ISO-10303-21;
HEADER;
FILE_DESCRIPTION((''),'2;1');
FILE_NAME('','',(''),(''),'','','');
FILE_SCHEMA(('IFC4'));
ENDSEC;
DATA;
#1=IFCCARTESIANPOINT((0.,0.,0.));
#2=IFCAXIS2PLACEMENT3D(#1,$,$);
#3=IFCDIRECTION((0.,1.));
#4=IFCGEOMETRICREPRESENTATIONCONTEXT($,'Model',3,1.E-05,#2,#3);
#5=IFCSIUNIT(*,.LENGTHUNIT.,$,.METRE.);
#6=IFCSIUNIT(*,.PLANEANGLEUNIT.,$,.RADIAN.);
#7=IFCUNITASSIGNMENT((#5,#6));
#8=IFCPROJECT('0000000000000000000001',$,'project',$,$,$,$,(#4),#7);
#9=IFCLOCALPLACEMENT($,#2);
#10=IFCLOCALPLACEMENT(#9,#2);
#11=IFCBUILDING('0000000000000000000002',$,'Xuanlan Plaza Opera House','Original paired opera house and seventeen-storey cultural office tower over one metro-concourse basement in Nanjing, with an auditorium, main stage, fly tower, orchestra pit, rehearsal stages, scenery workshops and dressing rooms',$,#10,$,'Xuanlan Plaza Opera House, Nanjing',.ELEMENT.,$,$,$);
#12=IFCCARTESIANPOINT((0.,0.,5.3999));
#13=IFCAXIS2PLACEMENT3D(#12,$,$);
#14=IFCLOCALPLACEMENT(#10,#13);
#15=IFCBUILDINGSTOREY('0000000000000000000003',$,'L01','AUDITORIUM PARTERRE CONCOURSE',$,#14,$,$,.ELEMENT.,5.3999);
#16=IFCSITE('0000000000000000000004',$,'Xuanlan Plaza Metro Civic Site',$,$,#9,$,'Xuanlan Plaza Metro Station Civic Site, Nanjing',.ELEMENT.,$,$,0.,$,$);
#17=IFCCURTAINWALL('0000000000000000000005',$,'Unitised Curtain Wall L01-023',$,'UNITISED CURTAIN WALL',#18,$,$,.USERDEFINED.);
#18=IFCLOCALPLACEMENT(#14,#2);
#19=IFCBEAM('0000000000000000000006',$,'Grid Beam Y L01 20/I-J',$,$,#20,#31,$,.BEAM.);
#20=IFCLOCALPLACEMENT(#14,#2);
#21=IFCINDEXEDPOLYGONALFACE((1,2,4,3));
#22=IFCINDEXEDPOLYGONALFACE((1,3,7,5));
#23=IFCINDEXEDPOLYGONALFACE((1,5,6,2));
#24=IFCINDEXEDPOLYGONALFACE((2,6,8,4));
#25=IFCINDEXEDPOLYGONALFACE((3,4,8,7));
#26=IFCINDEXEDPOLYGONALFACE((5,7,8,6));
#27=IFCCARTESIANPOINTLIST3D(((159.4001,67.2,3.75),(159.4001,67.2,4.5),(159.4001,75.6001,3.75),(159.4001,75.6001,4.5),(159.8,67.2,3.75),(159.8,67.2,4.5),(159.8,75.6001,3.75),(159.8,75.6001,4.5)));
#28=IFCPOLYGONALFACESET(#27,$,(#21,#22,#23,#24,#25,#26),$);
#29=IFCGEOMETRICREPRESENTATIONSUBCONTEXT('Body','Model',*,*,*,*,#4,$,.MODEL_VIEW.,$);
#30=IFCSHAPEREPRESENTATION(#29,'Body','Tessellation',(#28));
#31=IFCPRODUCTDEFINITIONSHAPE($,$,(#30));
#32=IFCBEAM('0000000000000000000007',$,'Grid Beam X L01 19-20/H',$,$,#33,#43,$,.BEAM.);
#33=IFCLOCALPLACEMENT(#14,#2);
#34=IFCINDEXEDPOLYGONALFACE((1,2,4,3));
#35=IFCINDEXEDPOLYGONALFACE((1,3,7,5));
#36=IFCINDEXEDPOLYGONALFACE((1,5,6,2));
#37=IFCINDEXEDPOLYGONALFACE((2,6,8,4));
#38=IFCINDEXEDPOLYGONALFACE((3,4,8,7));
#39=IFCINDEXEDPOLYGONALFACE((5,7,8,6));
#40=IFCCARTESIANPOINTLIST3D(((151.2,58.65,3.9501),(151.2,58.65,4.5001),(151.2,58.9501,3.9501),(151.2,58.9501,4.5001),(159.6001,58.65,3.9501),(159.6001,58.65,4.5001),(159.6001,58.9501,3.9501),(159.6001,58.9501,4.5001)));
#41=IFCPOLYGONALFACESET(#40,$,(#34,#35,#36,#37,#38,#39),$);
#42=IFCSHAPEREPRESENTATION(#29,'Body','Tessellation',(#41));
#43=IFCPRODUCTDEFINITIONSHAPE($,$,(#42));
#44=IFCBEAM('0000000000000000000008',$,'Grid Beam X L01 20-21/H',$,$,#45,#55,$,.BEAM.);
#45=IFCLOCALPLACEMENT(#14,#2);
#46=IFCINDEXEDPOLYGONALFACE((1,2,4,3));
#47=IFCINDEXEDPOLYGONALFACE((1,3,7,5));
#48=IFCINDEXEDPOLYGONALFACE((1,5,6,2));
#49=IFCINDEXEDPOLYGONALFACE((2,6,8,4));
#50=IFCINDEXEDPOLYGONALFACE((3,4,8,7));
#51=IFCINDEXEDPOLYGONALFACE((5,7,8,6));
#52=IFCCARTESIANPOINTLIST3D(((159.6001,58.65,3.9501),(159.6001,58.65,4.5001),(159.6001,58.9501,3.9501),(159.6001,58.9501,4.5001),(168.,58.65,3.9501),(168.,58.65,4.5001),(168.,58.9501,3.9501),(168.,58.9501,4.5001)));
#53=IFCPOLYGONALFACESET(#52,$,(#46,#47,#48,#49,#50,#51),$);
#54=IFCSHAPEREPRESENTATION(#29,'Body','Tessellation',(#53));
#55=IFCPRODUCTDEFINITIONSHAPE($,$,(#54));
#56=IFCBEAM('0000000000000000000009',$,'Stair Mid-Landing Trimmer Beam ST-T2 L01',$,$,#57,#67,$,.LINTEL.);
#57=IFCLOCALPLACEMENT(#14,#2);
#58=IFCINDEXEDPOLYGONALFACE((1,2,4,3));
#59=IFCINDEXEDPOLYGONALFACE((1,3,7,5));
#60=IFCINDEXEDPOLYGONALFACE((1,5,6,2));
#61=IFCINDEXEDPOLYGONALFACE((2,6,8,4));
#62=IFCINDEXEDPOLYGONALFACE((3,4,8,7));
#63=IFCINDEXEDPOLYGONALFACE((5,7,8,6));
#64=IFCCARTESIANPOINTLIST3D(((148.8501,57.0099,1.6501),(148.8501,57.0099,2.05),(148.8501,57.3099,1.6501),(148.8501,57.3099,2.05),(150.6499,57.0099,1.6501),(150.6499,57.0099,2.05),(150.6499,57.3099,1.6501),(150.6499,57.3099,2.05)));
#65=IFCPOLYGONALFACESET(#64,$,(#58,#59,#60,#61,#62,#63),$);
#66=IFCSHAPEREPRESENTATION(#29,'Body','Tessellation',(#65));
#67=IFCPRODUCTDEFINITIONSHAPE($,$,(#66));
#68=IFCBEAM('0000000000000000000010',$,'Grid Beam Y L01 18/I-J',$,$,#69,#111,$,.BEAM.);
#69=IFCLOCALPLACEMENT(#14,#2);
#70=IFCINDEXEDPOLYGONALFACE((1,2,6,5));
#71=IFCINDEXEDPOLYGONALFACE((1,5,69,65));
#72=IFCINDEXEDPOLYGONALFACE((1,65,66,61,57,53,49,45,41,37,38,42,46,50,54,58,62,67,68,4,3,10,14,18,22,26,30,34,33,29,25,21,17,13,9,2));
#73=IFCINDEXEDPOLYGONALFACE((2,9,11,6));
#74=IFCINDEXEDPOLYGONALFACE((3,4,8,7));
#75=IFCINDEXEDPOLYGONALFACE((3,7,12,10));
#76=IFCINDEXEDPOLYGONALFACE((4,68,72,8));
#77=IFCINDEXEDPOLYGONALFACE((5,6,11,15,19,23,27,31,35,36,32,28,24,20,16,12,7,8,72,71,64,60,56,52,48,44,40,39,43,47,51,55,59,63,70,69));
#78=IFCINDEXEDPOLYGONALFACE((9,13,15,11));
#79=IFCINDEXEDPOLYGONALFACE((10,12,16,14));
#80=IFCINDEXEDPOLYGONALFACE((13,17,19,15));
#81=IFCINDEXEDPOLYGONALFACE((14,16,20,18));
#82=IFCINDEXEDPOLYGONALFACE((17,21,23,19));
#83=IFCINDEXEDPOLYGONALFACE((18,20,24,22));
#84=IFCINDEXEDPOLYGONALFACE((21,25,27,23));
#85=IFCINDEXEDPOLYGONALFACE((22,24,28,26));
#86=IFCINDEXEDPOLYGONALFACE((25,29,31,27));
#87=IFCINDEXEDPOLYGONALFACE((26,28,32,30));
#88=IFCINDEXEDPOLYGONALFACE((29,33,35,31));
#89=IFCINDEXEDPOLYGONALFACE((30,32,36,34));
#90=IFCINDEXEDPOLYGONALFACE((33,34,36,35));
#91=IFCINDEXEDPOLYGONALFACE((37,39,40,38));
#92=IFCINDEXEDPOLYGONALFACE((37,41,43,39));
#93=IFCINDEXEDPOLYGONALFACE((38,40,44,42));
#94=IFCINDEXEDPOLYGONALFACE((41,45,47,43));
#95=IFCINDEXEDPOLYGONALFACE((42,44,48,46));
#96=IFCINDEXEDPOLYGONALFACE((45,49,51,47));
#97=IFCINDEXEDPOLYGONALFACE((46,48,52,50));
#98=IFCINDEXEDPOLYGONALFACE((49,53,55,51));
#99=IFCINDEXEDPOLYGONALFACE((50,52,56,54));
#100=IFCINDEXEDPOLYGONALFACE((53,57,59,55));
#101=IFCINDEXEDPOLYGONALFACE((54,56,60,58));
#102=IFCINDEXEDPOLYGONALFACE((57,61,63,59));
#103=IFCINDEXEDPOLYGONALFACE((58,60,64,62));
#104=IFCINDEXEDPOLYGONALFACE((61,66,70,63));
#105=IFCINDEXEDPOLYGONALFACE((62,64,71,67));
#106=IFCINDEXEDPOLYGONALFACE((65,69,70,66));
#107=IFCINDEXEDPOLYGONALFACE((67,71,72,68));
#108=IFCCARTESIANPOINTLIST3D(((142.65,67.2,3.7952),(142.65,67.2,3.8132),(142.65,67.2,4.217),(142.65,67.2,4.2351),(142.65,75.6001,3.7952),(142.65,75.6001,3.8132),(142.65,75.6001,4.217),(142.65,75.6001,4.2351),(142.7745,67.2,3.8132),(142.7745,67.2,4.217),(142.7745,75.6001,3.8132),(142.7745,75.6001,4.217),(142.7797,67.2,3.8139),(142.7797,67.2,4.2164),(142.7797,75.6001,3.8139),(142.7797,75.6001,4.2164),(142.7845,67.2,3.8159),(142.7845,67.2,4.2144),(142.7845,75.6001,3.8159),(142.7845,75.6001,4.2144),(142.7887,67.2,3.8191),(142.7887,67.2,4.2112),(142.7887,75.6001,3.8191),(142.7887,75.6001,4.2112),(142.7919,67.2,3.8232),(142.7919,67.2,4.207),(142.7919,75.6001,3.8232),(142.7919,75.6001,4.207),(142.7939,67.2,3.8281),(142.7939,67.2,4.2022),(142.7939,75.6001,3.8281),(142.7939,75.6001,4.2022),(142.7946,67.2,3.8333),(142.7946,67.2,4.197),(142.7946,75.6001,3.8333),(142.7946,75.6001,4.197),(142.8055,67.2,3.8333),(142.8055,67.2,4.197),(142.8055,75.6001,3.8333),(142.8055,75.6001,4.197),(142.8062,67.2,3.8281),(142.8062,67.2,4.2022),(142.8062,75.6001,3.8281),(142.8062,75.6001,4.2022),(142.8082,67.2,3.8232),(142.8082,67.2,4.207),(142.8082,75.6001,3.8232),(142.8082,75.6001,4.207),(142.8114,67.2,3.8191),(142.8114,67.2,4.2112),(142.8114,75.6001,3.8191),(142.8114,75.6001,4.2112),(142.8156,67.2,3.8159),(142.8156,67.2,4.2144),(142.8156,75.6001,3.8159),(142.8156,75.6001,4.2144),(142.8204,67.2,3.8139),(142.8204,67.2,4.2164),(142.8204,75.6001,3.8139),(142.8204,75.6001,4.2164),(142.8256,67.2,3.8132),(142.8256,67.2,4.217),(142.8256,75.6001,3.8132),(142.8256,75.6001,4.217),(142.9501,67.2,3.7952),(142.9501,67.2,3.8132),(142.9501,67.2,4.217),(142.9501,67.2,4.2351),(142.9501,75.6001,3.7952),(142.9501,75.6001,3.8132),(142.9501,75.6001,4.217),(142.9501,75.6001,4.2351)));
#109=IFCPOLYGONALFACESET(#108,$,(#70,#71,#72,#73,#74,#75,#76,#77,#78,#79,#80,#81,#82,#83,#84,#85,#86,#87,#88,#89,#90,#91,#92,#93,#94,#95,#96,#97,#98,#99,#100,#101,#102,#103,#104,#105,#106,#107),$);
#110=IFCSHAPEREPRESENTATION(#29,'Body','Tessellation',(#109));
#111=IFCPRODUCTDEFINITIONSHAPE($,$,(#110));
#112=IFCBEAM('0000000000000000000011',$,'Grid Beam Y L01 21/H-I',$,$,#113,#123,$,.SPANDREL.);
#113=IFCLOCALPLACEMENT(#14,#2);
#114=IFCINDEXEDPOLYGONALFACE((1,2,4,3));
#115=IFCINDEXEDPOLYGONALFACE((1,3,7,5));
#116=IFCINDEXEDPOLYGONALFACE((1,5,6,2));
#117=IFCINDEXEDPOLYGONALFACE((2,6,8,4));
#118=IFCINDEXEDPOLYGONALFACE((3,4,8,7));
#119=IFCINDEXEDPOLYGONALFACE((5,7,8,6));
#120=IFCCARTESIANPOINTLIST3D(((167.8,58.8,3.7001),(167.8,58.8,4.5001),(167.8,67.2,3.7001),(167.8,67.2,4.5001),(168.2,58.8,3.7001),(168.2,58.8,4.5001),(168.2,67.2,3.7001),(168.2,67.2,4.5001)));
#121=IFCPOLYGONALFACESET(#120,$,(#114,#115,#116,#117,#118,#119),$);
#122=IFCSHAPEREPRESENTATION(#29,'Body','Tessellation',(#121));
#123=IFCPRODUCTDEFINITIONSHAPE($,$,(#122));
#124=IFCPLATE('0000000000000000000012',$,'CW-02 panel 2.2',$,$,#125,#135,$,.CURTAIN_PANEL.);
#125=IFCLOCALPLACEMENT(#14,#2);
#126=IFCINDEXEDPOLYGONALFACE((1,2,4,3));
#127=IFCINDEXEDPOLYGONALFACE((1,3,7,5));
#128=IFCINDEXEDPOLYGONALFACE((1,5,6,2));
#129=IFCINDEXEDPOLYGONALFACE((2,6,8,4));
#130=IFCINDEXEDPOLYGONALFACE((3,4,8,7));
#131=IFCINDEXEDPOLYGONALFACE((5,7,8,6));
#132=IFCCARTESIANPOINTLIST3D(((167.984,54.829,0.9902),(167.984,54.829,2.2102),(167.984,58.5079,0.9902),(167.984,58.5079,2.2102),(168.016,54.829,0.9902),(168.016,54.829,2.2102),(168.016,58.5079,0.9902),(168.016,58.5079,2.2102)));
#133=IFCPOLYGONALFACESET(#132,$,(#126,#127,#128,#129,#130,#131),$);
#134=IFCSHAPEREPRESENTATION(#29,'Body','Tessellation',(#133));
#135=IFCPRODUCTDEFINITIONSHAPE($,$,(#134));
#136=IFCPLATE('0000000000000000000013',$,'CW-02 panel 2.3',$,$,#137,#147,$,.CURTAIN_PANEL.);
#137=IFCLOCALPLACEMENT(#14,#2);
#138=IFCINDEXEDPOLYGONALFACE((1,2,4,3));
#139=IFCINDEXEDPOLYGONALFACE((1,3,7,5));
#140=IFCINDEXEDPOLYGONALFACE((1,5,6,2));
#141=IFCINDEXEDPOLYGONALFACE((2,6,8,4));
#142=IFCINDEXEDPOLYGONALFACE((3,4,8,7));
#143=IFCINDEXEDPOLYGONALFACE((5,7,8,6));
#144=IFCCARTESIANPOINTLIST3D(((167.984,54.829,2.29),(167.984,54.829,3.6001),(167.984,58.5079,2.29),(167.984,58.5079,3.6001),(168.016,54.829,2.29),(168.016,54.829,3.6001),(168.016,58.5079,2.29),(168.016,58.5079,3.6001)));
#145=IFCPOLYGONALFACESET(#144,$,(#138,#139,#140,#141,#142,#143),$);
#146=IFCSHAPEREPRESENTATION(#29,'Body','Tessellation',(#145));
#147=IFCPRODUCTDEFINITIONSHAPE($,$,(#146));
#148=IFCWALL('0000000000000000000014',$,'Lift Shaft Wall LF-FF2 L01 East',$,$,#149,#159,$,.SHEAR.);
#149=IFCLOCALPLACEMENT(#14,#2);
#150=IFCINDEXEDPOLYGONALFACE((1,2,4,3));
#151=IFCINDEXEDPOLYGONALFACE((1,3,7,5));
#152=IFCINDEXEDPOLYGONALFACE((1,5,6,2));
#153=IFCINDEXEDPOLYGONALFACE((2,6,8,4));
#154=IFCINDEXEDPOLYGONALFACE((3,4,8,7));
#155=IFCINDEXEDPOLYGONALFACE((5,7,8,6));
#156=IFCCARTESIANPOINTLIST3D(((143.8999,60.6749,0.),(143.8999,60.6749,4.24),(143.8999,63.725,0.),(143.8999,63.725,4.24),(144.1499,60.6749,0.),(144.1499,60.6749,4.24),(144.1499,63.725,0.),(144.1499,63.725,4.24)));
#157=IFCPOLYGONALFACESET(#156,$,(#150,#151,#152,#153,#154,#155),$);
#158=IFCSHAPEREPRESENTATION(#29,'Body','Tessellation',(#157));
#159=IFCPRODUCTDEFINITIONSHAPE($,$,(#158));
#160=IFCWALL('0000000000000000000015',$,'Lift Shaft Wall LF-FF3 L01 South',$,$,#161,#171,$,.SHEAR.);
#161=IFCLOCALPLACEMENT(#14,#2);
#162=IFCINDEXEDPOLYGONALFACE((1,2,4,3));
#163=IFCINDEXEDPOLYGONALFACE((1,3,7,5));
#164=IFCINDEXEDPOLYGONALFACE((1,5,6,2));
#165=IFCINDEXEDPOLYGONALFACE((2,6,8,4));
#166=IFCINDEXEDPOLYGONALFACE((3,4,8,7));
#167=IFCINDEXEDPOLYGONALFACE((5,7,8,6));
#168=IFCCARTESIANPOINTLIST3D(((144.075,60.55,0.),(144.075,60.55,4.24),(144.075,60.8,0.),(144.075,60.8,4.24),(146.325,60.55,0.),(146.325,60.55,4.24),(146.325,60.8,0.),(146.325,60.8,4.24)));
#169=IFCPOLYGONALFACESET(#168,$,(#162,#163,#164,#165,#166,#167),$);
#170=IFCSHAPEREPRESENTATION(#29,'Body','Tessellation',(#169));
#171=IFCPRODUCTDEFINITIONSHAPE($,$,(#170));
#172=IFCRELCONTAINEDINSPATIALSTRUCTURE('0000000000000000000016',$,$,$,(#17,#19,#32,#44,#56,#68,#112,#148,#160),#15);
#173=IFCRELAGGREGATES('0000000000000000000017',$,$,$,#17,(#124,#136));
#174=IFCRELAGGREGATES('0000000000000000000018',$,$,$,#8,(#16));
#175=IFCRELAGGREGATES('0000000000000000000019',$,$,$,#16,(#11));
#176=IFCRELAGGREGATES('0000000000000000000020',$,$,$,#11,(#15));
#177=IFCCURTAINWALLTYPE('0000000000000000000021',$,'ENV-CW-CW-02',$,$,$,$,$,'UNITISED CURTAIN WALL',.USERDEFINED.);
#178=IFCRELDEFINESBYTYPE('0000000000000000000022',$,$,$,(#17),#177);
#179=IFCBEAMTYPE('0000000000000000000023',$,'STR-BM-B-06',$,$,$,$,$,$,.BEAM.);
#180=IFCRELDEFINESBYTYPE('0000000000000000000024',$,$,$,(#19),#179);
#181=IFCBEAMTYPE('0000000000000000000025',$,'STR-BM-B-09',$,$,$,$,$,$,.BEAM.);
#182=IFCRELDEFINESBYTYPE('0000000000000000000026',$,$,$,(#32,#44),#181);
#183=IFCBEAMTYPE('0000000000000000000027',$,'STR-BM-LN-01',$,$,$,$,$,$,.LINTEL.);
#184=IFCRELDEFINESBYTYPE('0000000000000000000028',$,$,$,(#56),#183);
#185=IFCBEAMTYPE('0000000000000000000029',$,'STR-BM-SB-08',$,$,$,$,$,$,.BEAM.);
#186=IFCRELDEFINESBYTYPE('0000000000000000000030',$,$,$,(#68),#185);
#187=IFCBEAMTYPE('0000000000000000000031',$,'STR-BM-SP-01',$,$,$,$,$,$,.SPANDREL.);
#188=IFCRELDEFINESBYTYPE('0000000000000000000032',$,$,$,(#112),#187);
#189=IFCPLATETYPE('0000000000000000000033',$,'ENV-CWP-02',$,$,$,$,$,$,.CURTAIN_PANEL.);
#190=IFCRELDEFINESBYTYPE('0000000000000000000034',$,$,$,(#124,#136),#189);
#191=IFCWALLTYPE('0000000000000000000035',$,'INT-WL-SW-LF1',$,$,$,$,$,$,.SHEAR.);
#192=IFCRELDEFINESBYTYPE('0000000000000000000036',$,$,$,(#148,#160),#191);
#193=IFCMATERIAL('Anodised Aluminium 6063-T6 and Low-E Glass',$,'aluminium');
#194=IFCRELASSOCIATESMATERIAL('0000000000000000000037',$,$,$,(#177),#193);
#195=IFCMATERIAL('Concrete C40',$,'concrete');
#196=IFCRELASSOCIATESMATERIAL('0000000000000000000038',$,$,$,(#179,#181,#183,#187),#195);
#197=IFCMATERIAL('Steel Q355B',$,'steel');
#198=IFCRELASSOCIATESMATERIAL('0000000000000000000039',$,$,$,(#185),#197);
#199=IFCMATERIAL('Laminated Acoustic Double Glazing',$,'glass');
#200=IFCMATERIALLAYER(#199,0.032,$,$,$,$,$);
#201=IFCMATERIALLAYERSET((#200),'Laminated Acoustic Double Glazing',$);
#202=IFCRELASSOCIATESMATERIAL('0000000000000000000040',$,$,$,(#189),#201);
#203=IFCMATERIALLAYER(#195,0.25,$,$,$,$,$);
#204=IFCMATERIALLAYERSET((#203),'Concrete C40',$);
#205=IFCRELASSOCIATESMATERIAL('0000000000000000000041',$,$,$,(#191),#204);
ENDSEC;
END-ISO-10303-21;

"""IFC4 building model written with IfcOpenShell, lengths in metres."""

from ifc_helpers import new_model, si_unit, direction, frame, frame_2d, origin, origin_2d, place, context, subcontext, project, spatial, rectangle, i_section, extrude, material, layer, layer_set, material_profile, profile_set, type_object, element, aggregate, save


model = new_model("IFC4")

# Units and contexts
model_context = context("Model", 3, precision=1e-05, world=origin(), true_north=direction((0.0, 1.0)))
body_context = subcontext(model_context, "Body", "Model", "MODEL_VIEW")
ifc_project = project(units=[si_unit("LENGTHUNIT", "METRE"), si_unit("PLANEANGLEUNIT", "RADIAN")], contexts=[model_context])

# Site, building, storey
site_placement = place(None, origin())
site = spatial("IfcSite", under=ifc_project, at=site_placement, Name="Xuanlan Plaza Metro Civic Site", LongName="Xuanlan Plaza Metro Station Civic Site, Nanjing", CompositionType="ELEMENT", RefElevation=0.0)
building_placement = place(site_placement, origin())
building = spatial("IfcBuilding", under=site, at=building_placement, Name="Xuanlan Plaza Opera House", Description="Original paired opera house and seventeen-storey cultural office tower over one metro-concourse basement in Nanjing, with an auditorium, main stage, fly tower, orchestra pit, rehearsal stages, scenery workshops and dressing rooms", LongName="Xuanlan Plaza Opera House, Nanjing", CompositionType="ELEMENT")
storey_placement = place(building_placement, frame((0.0, 0.0, 5.3999)))
storey = spatial("IfcBuildingStorey", under=building, at=storey_placement, Name="L01", Description="AUDITORIUM PARTERRE CONCOURSE", CompositionType="ELEMENT", Elevation=5.3999)

# Curtain wall
ifc_material_1 = material(Name="Anodised Aluminium 6063-T6 and Low-E Glass", Category="aluminium")
curtain_wall_type_1 = type_object("IfcCurtainWallType", Name="ENV-CW-CW-02", ElementType="UNITISED CURTAIN WALL", PredefinedType="USERDEFINED", material=ifc_material_1)
curtain_wall_1_placement = place(storey_placement, origin())
curtain_wall_1 = element("IfcCurtainWall", 1, at=curtain_wall_1_placement, inside=storey, type_object=curtain_wall_type_1, Name="Unitised Curtain Wall L01-023", ObjectType="UNITISED CURTAIN WALL", PredefinedType="USERDEFINED")

# Beams
ifc_material_2 = material(Name="Concrete C40", Category="concrete")
ifc_material_profile_1 = material_profile(ifc_material_2, rectangle(XDim=0.3999, YDim=0.75, at=origin_2d()), Name="RC-BM 400x750")
ifc_profile_set_1 = profile_set([ifc_material_profile_1], Name="Concrete C40")
beam_type_1 = type_object("IfcBeamType", Name="STR-BM-B-06", PredefinedType="BEAM", material=ifc_profile_set_1)
beam_1_placement = place(storey_placement, frame((159.6001, 67.2, 4.125), z_axis=(0.0, 1.0, 0.0), x_axis=(-1.0, 0.0, 0.0)))
element("IfcBeam", 2, at=beam_1_placement, inside=storey, type_object=beam_type_1, Name="Grid Beam Y L01 20/I-J", PredefinedType="BEAM", context=body_context, shape_type="SweptSolid", body=[
    extrude(rectangle(XDim=0.3999, YDim=0.75, at=origin_2d()), origin(), (0.0, 0.0, 1.0), 8.4001),
])
ifc_material_profile_2 = material_profile(ifc_material_2, rectangle(XDim=0.3, YDim=0.55, at=origin_2d()), Name="RC-BM 300x550")
ifc_profile_set_2 = profile_set([ifc_material_profile_2], Name="Concrete C40")
beam_type_2 = type_object("IfcBeamType", Name="STR-BM-B-09", PredefinedType="BEAM", material=ifc_profile_set_2)
beam_2_placement = place(storey_placement, frame((151.2, 58.8, 4.2251), z_axis=(1.0, 0.0, 0.0), x_axis=(0.0, 1.0, 0.0)))
element("IfcBeam", 3, at=beam_2_placement, inside=storey, type_object=beam_type_2, Name="Grid Beam X L01 19-20/H", PredefinedType="BEAM", context=body_context, shape_type="SweptSolid", body=[
    extrude(rectangle(XDim=0.3, YDim=0.55, at=origin_2d()), origin(), (0.0, 0.0, 1.0), 8.4001),
])
beam_3_placement = place(storey_placement, frame((159.6001, 58.8, 4.2251), z_axis=(1.0, 0.0, 0.0), x_axis=(0.0, 1.0, 0.0)))
element("IfcBeam", 4, at=beam_3_placement, inside=storey, type_object=beam_type_2, Name="Grid Beam X L01 20-21/H", PredefinedType="BEAM", context=body_context, shape_type="SweptSolid", body=[
    extrude(rectangle(XDim=0.3, YDim=0.55, at=origin_2d()), origin(), (0.0, 0.0, 1.0), 8.3999),
])
ifc_material_profile_3 = material_profile(ifc_material_2, rectangle(XDim=0.3, YDim=0.3999, at=origin_2d()), Name="RC-LNT 300x400")
ifc_profile_set_3 = profile_set([ifc_material_profile_3], Name="Concrete C40")
beam_type_3 = type_object("IfcBeamType", Name="STR-BM-LN-01", PredefinedType="LINTEL", material=ifc_profile_set_3)
beam_4_placement = place(storey_placement, frame((148.8501, 57.1599, 1.8501), z_axis=(1.0, 0.0, 0.0), x_axis=(0.0, 1.0, 0.0)))
element("IfcBeam", 5, at=beam_4_placement, inside=storey, type_object=beam_type_3, Name="Stair Mid-Landing Trimmer Beam ST-T2 L01", PredefinedType="LINTEL", context=body_context, shape_type="SweptSolid", body=[
    extrude(rectangle(XDim=0.3, YDim=0.3999, at=origin_2d()), origin(), (0.0, 0.0, 1.0), 1.7998),
])
ifc_material_3 = material(Name="Steel Q355B", Category="steel")
ifc_material_profile_4 = material_profile(ifc_material_3, i_section(OverallWidth=0.3, OverallDepth=0.4399, WebThickness=0.011, FlangeThickness=0.0181, FilletRadius=0.02, at=origin_2d()), Name="HM 440x300x11x18")
ifc_profile_set_4 = profile_set([ifc_material_profile_4], Name="Steel Q355B")
beam_type_4 = type_object("IfcBeamType", Name="STR-BM-SB-08", PredefinedType="BEAM", material=ifc_profile_set_4)
beam_5_placement = place(storey_placement, frame((142.8, 67.2, 4.0151), z_axis=(0.0, 1.0, 0.0), x_axis=(-1.0, 0.0, 0.0)))
element("IfcBeam", 6, at=beam_5_placement, inside=storey, type_object=beam_type_4, Name="Grid Beam Y L01 18/I-J", PredefinedType="BEAM", context=body_context, shape_type="SweptSolid", body=[
    extrude(i_section(OverallWidth=0.3, OverallDepth=0.4399, WebThickness=0.011, FlangeThickness=0.0181, FilletRadius=0.02, at=origin_2d()), origin(), (0.0, 0.0, 1.0), 8.4001),
])
ifc_material_profile_5 = material_profile(ifc_material_2, rectangle(XDim=0.3999, YDim=0.8, at=origin_2d()), Name="RC-SPD 400x800")
ifc_profile_set_5 = profile_set([ifc_material_profile_5], Name="Concrete C40")
beam_type_5 = type_object("IfcBeamType", Name="STR-BM-SP-01", PredefinedType="SPANDREL", material=ifc_profile_set_5)
beam_6_placement = place(storey_placement, frame((168.0, 58.8, 4.1001), z_axis=(0.0, 1.0, 0.0), x_axis=(-1.0, 0.0, 0.0)))
element("IfcBeam", 7, at=beam_6_placement, inside=storey, type_object=beam_type_5, Name="Grid Beam Y L01 21/H-I", PredefinedType="SPANDREL", context=body_context, shape_type="SweptSolid", body=[
    extrude(rectangle(XDim=0.3999, YDim=0.8, at=origin_2d()), origin(), (0.0, 0.0, 1.0), 8.3999),
])

# Plates
ifc_material_4 = material(Name="Laminated Acoustic Double Glazing", Category="glass")
ifc_layer_1 = layer(ifc_material_4, 0.032)
ifc_layer_set_1 = layer_set([ifc_layer_1], Name="Laminated Acoustic Double Glazing")
plate_type = type_object("IfcPlateType", Name="ENV-CWP-02", PredefinedType="CURTAIN_PANEL", material=ifc_layer_set_1)
plate_1_placement = place(storey_placement, frame((168.0, 56.6685, 0.9902), z_axis=(0.0, 0.0, 1.0), x_axis=(0.0, 1.0, 0.0)))
plate_1 = element("IfcPlate", 8, at=plate_1_placement, type_object=plate_type, Name="CW-02 panel 2.2", PredefinedType="CURTAIN_PANEL", context=body_context, shape_type="SweptSolid", body=[
    extrude(rectangle(XDim=3.679, YDim=0.032, at=origin_2d()), origin(), (0.0, 0.0, 1.0), 1.22),
])
plate_2_placement = place(storey_placement, frame((168.0, 56.6685, 2.29), z_axis=(0.0, 0.0, 1.0), x_axis=(0.0, 1.0, 0.0)))
plate_2 = element("IfcPlate", 9, at=plate_2_placement, type_object=plate_type, Name="CW-02 panel 2.3", PredefinedType="CURTAIN_PANEL", context=body_context, shape_type="SweptSolid", body=[
    extrude(rectangle(XDim=3.679, YDim=0.032, at=origin_2d()), origin(), (0.0, 0.0, 1.0), 1.3101),
])
aggregate(curtain_wall_1, [plate_1, plate_2])

# Walls
ifc_layer_2 = layer(ifc_material_2, 0.25)
ifc_layer_set_2 = layer_set([ifc_layer_2], Name="Concrete C40")
wall_type_1 = type_object("IfcWallType", Name="INT-WL-SW-LF1", PredefinedType="SHEAR", material=ifc_layer_set_2)
wall_1_placement = place(storey_placement, frame((144.0249, 60.675, 0.0), z_axis=(0.0, 0.0, 1.0), x_axis=(0.0, 1.0, 0.0)))
element("IfcWall", 10, at=wall_1_placement, inside=storey, type_object=wall_type_1, Name="Lift Shaft Wall LF-FF2 L01 East", PredefinedType="SHEAR", context=body_context, shape_type="SweptSolid", body=[
    extrude(rectangle(XDim=3.05, YDim=0.25, at=frame_2d((1.5249, 0.0))), origin(), (0.0, 0.0, 1.0), 4.24),
])
wall_2_placement = place(storey_placement, frame((144.075, 60.675, 0.0), z_axis=(0.0, 0.0, 1.0), x_axis=(1.0, 0.0, 0.0)))
element("IfcWall", 11, at=wall_2_placement, inside=storey, type_object=wall_type_1, Name="Lift Shaft Wall LF-FF3 L01 South", PredefinedType="SHEAR", context=body_context, shape_type="SweptSolid", body=[
    extrude(rectangle(XDim=2.25, YDim=0.25, at=frame_2d((1.125, 0.0))), origin(), (0.0, 0.0, 1.0), 4.24),
])

save(model, "model.ifc")
